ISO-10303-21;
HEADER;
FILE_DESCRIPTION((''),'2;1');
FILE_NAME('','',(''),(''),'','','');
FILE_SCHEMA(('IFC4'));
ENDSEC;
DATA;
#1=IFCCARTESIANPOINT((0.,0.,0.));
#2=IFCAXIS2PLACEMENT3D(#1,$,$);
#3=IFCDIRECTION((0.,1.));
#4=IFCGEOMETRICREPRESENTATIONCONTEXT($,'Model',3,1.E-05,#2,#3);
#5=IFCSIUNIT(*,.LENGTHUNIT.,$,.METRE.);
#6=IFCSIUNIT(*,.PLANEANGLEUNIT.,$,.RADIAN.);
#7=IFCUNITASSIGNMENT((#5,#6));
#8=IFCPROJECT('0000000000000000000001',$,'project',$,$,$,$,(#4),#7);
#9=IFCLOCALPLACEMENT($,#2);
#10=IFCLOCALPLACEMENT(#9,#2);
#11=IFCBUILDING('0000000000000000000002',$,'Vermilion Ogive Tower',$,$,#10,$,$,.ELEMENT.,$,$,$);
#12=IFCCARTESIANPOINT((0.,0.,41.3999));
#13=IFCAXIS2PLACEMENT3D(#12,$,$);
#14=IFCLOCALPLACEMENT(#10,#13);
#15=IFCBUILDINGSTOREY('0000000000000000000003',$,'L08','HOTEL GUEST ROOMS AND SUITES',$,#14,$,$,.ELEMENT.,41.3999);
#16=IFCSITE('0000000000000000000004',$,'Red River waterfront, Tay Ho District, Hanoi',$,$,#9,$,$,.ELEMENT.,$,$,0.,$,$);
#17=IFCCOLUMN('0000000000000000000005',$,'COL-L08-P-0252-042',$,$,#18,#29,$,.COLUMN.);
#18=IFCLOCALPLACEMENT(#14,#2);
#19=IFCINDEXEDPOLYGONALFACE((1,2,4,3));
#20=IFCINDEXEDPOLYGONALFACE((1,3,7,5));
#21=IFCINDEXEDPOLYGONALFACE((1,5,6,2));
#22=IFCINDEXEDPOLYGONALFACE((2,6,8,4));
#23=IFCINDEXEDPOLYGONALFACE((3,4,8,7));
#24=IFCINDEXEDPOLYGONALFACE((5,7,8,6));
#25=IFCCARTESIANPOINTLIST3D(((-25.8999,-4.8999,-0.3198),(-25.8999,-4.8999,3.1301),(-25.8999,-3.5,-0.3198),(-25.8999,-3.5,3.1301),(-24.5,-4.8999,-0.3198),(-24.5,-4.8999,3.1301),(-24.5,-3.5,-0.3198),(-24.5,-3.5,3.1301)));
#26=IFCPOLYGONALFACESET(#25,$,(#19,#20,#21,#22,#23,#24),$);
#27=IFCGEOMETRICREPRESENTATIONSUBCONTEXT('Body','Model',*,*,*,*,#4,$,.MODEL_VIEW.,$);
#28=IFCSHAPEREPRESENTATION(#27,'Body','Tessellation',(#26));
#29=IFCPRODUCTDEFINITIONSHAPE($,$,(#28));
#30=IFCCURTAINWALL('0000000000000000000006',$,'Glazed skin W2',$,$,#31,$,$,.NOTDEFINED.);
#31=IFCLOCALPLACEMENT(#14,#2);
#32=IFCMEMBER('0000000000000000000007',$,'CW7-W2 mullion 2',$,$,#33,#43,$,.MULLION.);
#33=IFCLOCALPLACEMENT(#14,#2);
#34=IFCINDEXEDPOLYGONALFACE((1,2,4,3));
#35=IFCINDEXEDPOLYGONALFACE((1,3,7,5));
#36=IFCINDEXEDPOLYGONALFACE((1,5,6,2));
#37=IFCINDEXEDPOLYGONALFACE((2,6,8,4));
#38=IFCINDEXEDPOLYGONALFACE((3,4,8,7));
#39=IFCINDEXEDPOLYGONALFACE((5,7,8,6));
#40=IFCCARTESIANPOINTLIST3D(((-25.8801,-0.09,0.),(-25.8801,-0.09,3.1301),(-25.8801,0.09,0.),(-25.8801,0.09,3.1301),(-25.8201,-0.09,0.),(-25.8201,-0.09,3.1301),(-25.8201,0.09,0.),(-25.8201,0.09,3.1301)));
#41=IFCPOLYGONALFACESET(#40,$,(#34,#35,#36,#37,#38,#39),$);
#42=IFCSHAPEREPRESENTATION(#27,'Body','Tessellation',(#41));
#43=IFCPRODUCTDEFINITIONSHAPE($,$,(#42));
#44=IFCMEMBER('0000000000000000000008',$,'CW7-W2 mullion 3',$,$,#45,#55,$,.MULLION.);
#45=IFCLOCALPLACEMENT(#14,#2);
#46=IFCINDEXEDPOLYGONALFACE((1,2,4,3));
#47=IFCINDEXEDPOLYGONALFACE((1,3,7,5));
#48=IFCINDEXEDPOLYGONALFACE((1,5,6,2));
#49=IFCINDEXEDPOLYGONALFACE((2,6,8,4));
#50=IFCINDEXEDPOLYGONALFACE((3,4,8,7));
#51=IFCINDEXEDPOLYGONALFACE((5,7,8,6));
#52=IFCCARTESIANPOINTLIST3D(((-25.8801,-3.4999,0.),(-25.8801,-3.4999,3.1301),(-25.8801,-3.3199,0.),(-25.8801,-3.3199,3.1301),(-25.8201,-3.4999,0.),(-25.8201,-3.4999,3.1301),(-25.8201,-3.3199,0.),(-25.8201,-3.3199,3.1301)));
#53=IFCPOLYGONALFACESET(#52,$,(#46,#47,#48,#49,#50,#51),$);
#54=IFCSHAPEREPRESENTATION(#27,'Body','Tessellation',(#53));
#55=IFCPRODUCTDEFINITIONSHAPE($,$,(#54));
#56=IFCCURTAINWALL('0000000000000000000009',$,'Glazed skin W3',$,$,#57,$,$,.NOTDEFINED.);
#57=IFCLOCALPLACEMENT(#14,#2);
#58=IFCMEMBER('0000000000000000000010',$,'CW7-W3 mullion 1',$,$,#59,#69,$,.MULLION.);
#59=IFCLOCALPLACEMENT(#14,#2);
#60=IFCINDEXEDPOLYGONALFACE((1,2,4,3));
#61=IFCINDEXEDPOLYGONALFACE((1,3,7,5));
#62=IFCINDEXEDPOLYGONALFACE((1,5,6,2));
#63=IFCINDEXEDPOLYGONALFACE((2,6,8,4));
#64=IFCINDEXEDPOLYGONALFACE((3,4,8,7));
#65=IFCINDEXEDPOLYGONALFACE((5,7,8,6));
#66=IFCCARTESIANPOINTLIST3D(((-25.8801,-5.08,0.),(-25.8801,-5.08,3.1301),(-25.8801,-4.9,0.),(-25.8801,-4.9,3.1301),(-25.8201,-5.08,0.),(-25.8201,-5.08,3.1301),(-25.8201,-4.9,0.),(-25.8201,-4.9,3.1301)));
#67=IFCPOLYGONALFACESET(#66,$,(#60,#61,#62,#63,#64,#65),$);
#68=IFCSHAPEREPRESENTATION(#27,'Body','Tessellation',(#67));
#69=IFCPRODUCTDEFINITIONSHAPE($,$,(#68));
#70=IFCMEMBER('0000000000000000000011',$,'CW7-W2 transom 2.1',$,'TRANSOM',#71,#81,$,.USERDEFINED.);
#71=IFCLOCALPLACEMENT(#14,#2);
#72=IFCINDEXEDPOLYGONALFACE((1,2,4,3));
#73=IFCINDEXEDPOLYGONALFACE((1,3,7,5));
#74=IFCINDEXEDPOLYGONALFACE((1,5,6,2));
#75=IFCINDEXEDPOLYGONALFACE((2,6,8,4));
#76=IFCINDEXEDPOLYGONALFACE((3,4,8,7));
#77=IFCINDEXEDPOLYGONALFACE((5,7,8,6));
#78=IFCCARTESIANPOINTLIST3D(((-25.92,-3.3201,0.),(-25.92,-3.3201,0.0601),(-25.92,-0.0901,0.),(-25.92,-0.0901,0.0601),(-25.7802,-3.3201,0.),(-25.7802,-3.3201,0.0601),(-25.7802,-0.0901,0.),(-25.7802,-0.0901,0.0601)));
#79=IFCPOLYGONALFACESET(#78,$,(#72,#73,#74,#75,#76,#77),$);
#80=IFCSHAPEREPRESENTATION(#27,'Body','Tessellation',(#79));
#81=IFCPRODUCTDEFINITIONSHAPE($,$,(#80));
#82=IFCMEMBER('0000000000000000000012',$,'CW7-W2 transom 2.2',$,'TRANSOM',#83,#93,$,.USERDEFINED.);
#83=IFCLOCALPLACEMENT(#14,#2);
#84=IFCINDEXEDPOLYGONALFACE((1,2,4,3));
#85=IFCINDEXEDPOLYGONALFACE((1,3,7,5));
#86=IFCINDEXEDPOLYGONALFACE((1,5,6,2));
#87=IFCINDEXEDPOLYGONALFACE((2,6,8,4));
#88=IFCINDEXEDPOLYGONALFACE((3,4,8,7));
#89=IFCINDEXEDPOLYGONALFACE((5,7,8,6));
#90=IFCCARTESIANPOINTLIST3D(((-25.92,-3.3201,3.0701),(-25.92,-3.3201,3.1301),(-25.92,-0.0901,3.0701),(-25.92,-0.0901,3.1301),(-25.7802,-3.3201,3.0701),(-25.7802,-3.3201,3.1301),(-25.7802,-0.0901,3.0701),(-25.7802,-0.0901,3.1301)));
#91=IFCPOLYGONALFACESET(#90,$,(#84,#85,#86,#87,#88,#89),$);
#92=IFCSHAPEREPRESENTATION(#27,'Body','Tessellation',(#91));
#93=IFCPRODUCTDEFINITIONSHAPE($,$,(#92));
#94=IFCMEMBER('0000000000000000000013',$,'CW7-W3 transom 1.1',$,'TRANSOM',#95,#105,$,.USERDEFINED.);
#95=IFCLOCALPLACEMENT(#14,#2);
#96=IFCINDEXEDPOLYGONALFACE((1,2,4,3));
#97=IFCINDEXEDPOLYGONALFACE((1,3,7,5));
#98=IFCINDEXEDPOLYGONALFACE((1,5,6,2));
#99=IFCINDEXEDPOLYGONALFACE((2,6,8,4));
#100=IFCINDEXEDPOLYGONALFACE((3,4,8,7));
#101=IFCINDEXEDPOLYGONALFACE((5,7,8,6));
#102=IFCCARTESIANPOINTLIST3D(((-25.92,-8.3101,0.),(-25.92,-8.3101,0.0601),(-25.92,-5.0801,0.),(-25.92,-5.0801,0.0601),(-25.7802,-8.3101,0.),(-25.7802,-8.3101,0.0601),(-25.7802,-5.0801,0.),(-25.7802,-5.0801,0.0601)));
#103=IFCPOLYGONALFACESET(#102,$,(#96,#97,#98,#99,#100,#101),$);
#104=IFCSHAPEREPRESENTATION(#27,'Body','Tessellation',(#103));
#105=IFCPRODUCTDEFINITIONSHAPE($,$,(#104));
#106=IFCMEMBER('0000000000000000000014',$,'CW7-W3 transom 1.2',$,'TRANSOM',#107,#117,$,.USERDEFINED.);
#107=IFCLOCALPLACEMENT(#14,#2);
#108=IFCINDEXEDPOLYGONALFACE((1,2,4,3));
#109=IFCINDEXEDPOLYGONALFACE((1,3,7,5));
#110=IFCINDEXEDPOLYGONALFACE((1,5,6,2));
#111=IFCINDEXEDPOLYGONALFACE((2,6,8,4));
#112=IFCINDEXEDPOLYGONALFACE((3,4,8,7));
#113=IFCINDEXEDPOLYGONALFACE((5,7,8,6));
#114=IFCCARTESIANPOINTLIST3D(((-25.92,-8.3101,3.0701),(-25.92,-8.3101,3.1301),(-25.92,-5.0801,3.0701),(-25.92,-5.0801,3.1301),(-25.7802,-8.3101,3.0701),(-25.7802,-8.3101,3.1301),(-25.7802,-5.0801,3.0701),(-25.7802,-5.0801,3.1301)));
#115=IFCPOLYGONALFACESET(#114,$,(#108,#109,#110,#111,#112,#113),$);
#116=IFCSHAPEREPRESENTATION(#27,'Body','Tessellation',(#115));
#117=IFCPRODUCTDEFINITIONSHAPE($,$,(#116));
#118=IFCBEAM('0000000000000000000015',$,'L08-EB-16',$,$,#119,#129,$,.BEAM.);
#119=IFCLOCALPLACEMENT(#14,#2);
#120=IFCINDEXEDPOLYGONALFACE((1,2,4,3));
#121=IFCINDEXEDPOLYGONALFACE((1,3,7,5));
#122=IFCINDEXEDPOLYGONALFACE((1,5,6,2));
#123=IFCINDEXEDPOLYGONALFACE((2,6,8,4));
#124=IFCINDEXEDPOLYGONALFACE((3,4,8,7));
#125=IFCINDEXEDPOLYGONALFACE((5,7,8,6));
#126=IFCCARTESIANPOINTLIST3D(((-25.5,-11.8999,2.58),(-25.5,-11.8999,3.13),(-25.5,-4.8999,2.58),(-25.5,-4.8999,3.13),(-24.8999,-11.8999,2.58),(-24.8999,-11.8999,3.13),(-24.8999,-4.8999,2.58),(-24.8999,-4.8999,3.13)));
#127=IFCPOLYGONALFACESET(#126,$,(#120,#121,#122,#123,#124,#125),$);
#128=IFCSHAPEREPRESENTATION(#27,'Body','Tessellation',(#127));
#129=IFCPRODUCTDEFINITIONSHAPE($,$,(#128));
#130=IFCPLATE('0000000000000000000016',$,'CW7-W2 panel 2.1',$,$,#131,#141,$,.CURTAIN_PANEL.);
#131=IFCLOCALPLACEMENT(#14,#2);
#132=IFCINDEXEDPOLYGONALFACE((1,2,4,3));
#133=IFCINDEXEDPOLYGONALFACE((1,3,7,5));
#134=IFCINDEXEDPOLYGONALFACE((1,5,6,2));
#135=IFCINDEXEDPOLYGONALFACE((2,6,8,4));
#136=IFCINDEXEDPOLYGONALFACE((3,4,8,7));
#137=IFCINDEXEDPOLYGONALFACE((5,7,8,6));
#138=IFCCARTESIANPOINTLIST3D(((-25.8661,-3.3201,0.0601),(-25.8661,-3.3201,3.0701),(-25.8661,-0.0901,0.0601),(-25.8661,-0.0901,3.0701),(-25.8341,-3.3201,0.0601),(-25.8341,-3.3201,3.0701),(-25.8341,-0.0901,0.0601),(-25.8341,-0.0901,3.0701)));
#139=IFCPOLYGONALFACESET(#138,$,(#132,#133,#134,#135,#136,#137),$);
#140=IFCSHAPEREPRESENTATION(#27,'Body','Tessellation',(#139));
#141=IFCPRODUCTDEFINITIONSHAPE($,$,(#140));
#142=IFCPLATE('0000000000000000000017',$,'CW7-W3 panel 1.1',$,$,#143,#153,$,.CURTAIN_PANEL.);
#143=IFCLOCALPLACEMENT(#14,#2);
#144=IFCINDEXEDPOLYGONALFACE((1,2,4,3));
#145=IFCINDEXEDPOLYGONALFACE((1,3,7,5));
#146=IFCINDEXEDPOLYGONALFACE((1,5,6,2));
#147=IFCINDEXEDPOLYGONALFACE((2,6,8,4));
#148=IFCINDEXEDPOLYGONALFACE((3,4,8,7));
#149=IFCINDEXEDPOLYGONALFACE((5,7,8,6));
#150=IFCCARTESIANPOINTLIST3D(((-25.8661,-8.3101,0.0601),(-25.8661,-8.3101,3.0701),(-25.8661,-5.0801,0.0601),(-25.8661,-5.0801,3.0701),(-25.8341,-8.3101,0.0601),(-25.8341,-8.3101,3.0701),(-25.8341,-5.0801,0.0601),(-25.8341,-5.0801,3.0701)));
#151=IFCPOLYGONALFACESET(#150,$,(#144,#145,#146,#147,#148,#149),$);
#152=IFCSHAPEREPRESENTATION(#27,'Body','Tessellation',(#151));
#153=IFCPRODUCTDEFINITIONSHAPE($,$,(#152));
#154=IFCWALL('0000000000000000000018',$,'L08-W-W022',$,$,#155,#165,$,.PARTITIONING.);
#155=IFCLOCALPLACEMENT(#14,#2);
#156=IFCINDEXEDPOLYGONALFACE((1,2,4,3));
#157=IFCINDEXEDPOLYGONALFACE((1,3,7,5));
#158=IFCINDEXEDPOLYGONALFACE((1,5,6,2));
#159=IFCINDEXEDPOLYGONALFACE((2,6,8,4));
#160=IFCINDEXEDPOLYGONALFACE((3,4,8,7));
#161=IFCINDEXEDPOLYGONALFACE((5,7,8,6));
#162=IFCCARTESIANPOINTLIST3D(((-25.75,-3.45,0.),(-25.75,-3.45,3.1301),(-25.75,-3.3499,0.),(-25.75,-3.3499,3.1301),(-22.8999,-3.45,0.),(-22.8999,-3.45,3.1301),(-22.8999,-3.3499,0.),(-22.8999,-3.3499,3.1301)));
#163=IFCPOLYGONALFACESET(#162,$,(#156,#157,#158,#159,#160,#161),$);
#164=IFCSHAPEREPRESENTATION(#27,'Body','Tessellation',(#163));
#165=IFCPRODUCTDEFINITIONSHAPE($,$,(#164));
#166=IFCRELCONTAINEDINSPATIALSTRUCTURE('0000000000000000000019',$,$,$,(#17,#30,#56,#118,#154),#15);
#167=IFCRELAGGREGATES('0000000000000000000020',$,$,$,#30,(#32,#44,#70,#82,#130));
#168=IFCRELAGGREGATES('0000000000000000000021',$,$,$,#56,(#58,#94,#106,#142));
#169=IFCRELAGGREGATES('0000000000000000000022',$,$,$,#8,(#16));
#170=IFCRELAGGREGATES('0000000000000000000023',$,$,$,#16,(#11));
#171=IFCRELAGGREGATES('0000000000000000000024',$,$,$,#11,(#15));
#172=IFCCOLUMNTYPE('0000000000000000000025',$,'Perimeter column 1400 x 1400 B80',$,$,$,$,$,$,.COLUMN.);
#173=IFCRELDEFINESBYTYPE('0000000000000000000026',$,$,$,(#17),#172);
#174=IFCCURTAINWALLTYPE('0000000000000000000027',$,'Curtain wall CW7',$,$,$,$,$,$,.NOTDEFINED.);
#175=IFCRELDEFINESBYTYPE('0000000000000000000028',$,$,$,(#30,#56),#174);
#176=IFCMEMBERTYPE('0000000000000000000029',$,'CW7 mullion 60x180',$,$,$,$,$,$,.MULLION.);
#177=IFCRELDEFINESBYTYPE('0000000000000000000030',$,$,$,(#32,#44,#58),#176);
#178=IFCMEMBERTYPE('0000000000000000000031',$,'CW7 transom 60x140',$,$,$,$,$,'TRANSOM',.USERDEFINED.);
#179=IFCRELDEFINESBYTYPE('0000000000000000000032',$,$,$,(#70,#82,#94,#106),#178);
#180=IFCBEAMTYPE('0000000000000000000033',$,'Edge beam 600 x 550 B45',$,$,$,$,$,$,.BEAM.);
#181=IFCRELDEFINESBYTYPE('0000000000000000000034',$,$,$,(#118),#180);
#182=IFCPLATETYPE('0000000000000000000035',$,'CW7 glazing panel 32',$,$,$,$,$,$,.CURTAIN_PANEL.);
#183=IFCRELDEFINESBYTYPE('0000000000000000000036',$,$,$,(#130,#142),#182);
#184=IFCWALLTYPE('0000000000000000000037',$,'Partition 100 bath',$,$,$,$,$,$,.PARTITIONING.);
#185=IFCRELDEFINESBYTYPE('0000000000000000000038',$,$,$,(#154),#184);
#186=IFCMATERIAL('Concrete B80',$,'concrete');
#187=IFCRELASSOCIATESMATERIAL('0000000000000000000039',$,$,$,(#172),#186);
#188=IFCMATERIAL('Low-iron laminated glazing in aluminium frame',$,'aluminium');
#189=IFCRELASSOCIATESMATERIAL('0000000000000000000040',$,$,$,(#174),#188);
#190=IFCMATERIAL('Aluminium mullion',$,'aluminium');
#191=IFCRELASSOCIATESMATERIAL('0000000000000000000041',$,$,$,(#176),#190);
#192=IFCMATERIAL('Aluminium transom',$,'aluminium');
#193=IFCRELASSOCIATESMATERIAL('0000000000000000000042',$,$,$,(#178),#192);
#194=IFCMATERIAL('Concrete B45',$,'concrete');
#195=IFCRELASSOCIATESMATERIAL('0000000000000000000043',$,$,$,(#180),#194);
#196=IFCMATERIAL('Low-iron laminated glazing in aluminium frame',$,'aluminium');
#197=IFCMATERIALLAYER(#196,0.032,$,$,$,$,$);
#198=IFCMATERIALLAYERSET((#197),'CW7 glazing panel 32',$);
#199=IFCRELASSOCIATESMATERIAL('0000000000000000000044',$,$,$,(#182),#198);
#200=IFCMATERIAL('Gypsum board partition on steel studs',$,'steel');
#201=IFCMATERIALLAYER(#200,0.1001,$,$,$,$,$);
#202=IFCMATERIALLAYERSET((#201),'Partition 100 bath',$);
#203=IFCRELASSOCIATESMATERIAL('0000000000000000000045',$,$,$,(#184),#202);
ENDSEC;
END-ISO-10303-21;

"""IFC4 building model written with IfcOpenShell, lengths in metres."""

from ifc_helpers import new_model, si_unit, direction, frame, frame_2d, origin, origin_2d, place, context, subcontext, project, spatial, rectangle, extrude, material, layer, layer_set, material_profile, profile_set, type_object, element, aggregate, save


model = new_model("IFC4")

# Units and contexts
model_context = context("Model", 3, precision=1e-05, world=origin(), true_north=direction((0.0, 1.0)))
body_context = subcontext(model_context, "Body", "Model", "MODEL_VIEW")
ifc_project = project(units=[si_unit("LENGTHUNIT", "METRE"), si_unit("PLANEANGLEUNIT", "RADIAN")], contexts=[model_context])

# Site, building, storey
site_placement = place(None, origin())
site = spatial("IfcSite", under=ifc_project, at=site_placement, Name="Red River waterfront, Tay Ho District, Hanoi", CompositionType="ELEMENT", RefElevation=0.0)
building_placement = place(site_placement, origin())
building = spatial("IfcBuilding", under=site, at=building_placement, Name="Vermilion Ogive Tower", CompositionType="ELEMENT")
storey_placement = place(building_placement, frame((0.0, 0.0, 41.3999)))
storey = spatial("IfcBuildingStorey", under=building, at=storey_placement, Name="L08", Description="HOTEL GUEST ROOMS AND SUITES", CompositionType="ELEMENT", Elevation=41.3999)

# Column
ifc_material_1 = material(Name="Concrete B80", Category="concrete")
ifc_material_profile_1 = material_profile(ifc_material_1, rectangle(XDim=1.3999, YDim=1.3999, at=origin_2d()), Name="1400 x 1400")
ifc_profile_set_1 = profile_set([ifc_material_profile_1], Name="Concrete B80")
column_type = type_object("IfcColumnType", Name="Perimeter column 1400 x 1400 B80", PredefinedType="COLUMN", material=ifc_profile_set_1)
column_placement = place(storey_placement, frame((-25.2, -4.2, -0.3198), z_axis=(0.0, 0.0, 1.0), x_axis=(1.0, 0.0, 0.0)))
element("IfcColumn", 1, at=column_placement, inside=storey, type_object=column_type, Name="COL-L08-P-0252-042", PredefinedType="COLUMN", context=body_context, shape_type="SweptSolid", body=[
    extrude(rectangle(XDim=1.3999, YDim=1.3999, at=origin_2d()), origin(), (0.0, 0.0, 1.0), 3.45),
])

# Curtain wall, members
ifc_material_2 = material(Name="Low-iron laminated glazing in aluminium frame", Category="aluminium")
curtain_wall_type = type_object("IfcCurtainWallType", Name="Curtain wall CW7", PredefinedType="NOTDEFINED", material=ifc_material_2)
curtain_wall_1_placement = place(storey_placement, origin())
curtain_wall_1 = element("IfcCurtainWall", 2, at=curtain_wall_1_placement, inside=storey, type_object=curtain_wall_type, Name="Glazed skin W2", PredefinedType="NOTDEFINED")
ifc_material_3 = material(Name="Aluminium mullion", Category="aluminium")
ifc_material_profile_2 = material_profile(ifc_material_3, rectangle(XDim=0.0601, YDim=0.1799, at=origin_2d()), Name="AL 60x180")
ifc_profile_set_2 = profile_set([ifc_material_profile_2], Name="Aluminium mullion")
member_type_1 = type_object("IfcMemberType", Name="CW7 mullion 60x180", PredefinedType="MULLION", material=ifc_profile_set_2)
member_1_placement = place(storey_placement, frame((-25.8501, 0.0, 0.0), z_axis=(0.0, 0.0, 1.0), x_axis=(1.0, 0.0, 0.0)))
member_1 = element("IfcMember", 3, at=member_1_placement, type_object=member_type_1, Name="CW7-W2 mullion 2", PredefinedType="MULLION", context=body_context, shape_type="SweptSolid", body=[
    extrude(rectangle(XDim=0.0601, YDim=0.1799, at=origin_2d()), origin(), (0.0, 0.0, 1.0), 3.1301),
])
member_2_placement = place(storey_placement, frame((-25.8501, -3.4099, 0.0), z_axis=(0.0, 0.0, 1.0), x_axis=(1.0, 0.0, 0.0)))
member_2 = element("IfcMember", 4, at=member_2_placement, type_object=member_type_1, Name="CW7-W2 mullion 3", PredefinedType="MULLION", context=body_context, shape_type="SweptSolid", body=[
    extrude(rectangle(XDim=0.0601, YDim=0.1799, at=origin_2d()), origin(), (0.0, 0.0, 1.0), 3.1301),
])

# Curtain wall, member
curtain_wall_2_placement = place(storey_placement, origin())
curtain_wall_2 = element("IfcCurtainWall", 5, at=curtain_wall_2_placement, inside=storey, type_object=curtain_wall_type, Name="Glazed skin W3", PredefinedType="NOTDEFINED")
member_3_placement = place(storey_placement, frame((-25.8501, -4.99, 0.0), z_axis=(0.0, 0.0, 1.0), x_axis=(1.0, 0.0, 0.0)))
member_3 = element("IfcMember", 6, at=member_3_placement, type_object=member_type_1, Name="CW7-W3 mullion 1", PredefinedType="MULLION", context=body_context, shape_type="SweptSolid", body=[
    extrude(rectangle(XDim=0.0601, YDim=0.1799, at=origin_2d()), origin(), (0.0, 0.0, 1.0), 3.1301),
])

# Members
ifc_material_4 = material(Name="Aluminium transom", Category="aluminium")
ifc_material_profile_3 = material_profile(ifc_material_4, rectangle(XDim=0.1399, YDim=0.0601, at=origin_2d()), Name="AL 60x140")
ifc_profile_set_3 = profile_set([ifc_material_profile_3], Name="Aluminium transom")
member_type_2 = type_object("IfcMemberType", Name="CW7 transom 60x140", ElementType="TRANSOM", PredefinedType="USERDEFINED", material=ifc_profile_set_3)
member_4_placement = place(storey_placement, frame((-25.8501, -0.0901, 0.03), z_axis=(0.0, -1.0, 0.0), x_axis=(1.0, 0.0, 0.0)))
member_4 = element("IfcMember", 7, at=member_4_placement, type_object=member_type_2, Name="CW7-W2 transom 2.1", ObjectType="TRANSOM", PredefinedType="USERDEFINED", context=body_context, shape_type="SweptSolid", body=[
    extrude(rectangle(XDim=0.1399, YDim=0.0601, at=origin_2d()), origin(), (0.0, 0.0, 1.0), 3.23),
])
member_5_placement = place(storey_placement, frame((-25.8501, -0.0901, 3.1001), z_axis=(0.0, -1.0, 0.0), x_axis=(1.0, 0.0, 0.0)))
member_5 = element("IfcMember", 8, at=member_5_placement, type_object=member_type_2, Name="CW7-W2 transom 2.2", ObjectType="TRANSOM", PredefinedType="USERDEFINED", context=body_context, shape_type="SweptSolid", body=[
    extrude(rectangle(XDim=0.1399, YDim=0.0601, at=origin_2d()), origin(), (0.0, 0.0, 1.0), 3.23),
])
member_6_placement = place(storey_placement, frame((-25.8501, -5.0801, 0.03), z_axis=(0.0, -1.0, 0.0), x_axis=(1.0, 0.0, 0.0)))
member_6 = element("IfcMember", 9, at=member_6_placement, type_object=member_type_2, Name="CW7-W3 transom 1.1", ObjectType="TRANSOM", PredefinedType="USERDEFINED", context=body_context, shape_type="SweptSolid", body=[
    extrude(rectangle(XDim=0.1399, YDim=0.0601, at=origin_2d()), origin(), (0.0, 0.0, 1.0), 3.23),
])
member_7_placement = place(storey_placement, frame((-25.8501, -5.0801, 3.1001), z_axis=(0.0, -1.0, 0.0), x_axis=(1.0, 0.0, 0.0)))
member_7 = element("IfcMember", 10, at=member_7_placement, type_object=member_type_2, Name="CW7-W3 transom 1.2", ObjectType="TRANSOM", PredefinedType="USERDEFINED", context=body_context, shape_type="SweptSolid", body=[
    extrude(rectangle(XDim=0.1399, YDim=0.0601, at=origin_2d()), origin(), (0.0, 0.0, 1.0), 3.23),
])

# Beam
ifc_material_5 = material(Name="Concrete B45", Category="concrete")
ifc_material_profile_4 = material_profile(ifc_material_5, rectangle(XDim=0.6001, YDim=0.55, at=origin_2d()), Name="600 x 550")
ifc_profile_set_4 = profile_set([ifc_material_profile_4], Name="Concrete B45")
beam_type = type_object("IfcBeamType", Name="Edge beam 600 x 550 B45", PredefinedType="BEAM", material=ifc_profile_set_4)
beam_placement = place(storey_placement, frame((-25.2, -4.8999, 2.855), z_axis=(0.0, -1.0, 0.0), x_axis=(1.0, 0.0, 0.0)))
element("IfcBeam", 11, at=beam_placement, inside=storey, type_object=beam_type, Name="L08-EB-16", PredefinedType="BEAM", context=body_context, shape_type="SweptSolid", body=[
    extrude(rectangle(XDim=0.6001, YDim=0.55, at=origin_2d()), origin(), (0.0, 0.0, 1.0), 7.0),
])

# Plates
ifc_material_6 = material(Name="Low-iron laminated glazing in aluminium frame", Category="aluminium")
ifc_layer_1 = layer(ifc_material_6, 0.032)
ifc_layer_set_1 = layer_set([ifc_layer_1], Name="CW7 glazing panel 32")
plate_type = type_object("IfcPlateType", Name="CW7 glazing panel 32", PredefinedType="CURTAIN_PANEL", material=ifc_layer_set_1)
plate_1_placement = place(storey_placement, frame((-25.8501, -1.7051, 0.0601), z_axis=(0.0, 0.0, 1.0), x_axis=(0.0, -1.0, 0.0)))
plate_1 = element("IfcPlate", 12, at=plate_1_placement, type_object=plate_type, Name="CW7-W2 panel 2.1", PredefinedType="CURTAIN_PANEL", context=body_context, shape_type="SweptSolid", body=[
    extrude(rectangle(XDim=3.23, YDim=0.032, at=origin_2d()), origin(), (0.0, 0.0, 1.0), 3.01),
])
aggregate(curtain_wall_1, [member_1, member_2, member_4, member_5, plate_1])
plate_2_placement = place(storey_placement, frame((-25.8501, -6.6951, 0.0601), z_axis=(0.0, 0.0, 1.0), x_axis=(0.0, -1.0, 0.0)))
plate_2 = element("IfcPlate", 13, at=plate_2_placement, type_object=plate_type, Name="CW7-W3 panel 1.1", PredefinedType="CURTAIN_PANEL", context=body_context, shape_type="SweptSolid", body=[
    extrude(rectangle(XDim=3.23, YDim=0.032, at=origin_2d()), origin(), (0.0, 0.0, 1.0), 3.01),
])
aggregate(curtain_wall_2, [member_3, member_6, member_7, plate_2])

# Wall
ifc_material_7 = material(Name="Gypsum board partition on steel studs", Category="steel")
ifc_layer_2 = layer(ifc_material_7, 0.1001)
ifc_layer_set_2 = layer_set([ifc_layer_2], Name="Partition 100 bath")
wall_type_1 = type_object("IfcWallType", Name="Partition 100 bath", PredefinedType="PARTITIONING", material=ifc_layer_set_2)
wall_1_placement = place(storey_placement, frame((-25.75, -3.3999, 0.0), z_axis=(0.0, 0.0, 1.0), x_axis=(1.0, 0.0, 0.0)))
element("IfcWall", 14, at=wall_1_placement, inside=storey, type_object=wall_type_1, Name="L08-W-W022", PredefinedType="PARTITIONING", context=body_context, shape_type="SweptSolid", body=[
    extrude(rectangle(XDim=2.8501, YDim=0.1001, at=frame_2d((1.425, 0.0))), origin(), (0.0, 0.0, 1.0), 3.1301),
])

save(model, "model.ifc")
